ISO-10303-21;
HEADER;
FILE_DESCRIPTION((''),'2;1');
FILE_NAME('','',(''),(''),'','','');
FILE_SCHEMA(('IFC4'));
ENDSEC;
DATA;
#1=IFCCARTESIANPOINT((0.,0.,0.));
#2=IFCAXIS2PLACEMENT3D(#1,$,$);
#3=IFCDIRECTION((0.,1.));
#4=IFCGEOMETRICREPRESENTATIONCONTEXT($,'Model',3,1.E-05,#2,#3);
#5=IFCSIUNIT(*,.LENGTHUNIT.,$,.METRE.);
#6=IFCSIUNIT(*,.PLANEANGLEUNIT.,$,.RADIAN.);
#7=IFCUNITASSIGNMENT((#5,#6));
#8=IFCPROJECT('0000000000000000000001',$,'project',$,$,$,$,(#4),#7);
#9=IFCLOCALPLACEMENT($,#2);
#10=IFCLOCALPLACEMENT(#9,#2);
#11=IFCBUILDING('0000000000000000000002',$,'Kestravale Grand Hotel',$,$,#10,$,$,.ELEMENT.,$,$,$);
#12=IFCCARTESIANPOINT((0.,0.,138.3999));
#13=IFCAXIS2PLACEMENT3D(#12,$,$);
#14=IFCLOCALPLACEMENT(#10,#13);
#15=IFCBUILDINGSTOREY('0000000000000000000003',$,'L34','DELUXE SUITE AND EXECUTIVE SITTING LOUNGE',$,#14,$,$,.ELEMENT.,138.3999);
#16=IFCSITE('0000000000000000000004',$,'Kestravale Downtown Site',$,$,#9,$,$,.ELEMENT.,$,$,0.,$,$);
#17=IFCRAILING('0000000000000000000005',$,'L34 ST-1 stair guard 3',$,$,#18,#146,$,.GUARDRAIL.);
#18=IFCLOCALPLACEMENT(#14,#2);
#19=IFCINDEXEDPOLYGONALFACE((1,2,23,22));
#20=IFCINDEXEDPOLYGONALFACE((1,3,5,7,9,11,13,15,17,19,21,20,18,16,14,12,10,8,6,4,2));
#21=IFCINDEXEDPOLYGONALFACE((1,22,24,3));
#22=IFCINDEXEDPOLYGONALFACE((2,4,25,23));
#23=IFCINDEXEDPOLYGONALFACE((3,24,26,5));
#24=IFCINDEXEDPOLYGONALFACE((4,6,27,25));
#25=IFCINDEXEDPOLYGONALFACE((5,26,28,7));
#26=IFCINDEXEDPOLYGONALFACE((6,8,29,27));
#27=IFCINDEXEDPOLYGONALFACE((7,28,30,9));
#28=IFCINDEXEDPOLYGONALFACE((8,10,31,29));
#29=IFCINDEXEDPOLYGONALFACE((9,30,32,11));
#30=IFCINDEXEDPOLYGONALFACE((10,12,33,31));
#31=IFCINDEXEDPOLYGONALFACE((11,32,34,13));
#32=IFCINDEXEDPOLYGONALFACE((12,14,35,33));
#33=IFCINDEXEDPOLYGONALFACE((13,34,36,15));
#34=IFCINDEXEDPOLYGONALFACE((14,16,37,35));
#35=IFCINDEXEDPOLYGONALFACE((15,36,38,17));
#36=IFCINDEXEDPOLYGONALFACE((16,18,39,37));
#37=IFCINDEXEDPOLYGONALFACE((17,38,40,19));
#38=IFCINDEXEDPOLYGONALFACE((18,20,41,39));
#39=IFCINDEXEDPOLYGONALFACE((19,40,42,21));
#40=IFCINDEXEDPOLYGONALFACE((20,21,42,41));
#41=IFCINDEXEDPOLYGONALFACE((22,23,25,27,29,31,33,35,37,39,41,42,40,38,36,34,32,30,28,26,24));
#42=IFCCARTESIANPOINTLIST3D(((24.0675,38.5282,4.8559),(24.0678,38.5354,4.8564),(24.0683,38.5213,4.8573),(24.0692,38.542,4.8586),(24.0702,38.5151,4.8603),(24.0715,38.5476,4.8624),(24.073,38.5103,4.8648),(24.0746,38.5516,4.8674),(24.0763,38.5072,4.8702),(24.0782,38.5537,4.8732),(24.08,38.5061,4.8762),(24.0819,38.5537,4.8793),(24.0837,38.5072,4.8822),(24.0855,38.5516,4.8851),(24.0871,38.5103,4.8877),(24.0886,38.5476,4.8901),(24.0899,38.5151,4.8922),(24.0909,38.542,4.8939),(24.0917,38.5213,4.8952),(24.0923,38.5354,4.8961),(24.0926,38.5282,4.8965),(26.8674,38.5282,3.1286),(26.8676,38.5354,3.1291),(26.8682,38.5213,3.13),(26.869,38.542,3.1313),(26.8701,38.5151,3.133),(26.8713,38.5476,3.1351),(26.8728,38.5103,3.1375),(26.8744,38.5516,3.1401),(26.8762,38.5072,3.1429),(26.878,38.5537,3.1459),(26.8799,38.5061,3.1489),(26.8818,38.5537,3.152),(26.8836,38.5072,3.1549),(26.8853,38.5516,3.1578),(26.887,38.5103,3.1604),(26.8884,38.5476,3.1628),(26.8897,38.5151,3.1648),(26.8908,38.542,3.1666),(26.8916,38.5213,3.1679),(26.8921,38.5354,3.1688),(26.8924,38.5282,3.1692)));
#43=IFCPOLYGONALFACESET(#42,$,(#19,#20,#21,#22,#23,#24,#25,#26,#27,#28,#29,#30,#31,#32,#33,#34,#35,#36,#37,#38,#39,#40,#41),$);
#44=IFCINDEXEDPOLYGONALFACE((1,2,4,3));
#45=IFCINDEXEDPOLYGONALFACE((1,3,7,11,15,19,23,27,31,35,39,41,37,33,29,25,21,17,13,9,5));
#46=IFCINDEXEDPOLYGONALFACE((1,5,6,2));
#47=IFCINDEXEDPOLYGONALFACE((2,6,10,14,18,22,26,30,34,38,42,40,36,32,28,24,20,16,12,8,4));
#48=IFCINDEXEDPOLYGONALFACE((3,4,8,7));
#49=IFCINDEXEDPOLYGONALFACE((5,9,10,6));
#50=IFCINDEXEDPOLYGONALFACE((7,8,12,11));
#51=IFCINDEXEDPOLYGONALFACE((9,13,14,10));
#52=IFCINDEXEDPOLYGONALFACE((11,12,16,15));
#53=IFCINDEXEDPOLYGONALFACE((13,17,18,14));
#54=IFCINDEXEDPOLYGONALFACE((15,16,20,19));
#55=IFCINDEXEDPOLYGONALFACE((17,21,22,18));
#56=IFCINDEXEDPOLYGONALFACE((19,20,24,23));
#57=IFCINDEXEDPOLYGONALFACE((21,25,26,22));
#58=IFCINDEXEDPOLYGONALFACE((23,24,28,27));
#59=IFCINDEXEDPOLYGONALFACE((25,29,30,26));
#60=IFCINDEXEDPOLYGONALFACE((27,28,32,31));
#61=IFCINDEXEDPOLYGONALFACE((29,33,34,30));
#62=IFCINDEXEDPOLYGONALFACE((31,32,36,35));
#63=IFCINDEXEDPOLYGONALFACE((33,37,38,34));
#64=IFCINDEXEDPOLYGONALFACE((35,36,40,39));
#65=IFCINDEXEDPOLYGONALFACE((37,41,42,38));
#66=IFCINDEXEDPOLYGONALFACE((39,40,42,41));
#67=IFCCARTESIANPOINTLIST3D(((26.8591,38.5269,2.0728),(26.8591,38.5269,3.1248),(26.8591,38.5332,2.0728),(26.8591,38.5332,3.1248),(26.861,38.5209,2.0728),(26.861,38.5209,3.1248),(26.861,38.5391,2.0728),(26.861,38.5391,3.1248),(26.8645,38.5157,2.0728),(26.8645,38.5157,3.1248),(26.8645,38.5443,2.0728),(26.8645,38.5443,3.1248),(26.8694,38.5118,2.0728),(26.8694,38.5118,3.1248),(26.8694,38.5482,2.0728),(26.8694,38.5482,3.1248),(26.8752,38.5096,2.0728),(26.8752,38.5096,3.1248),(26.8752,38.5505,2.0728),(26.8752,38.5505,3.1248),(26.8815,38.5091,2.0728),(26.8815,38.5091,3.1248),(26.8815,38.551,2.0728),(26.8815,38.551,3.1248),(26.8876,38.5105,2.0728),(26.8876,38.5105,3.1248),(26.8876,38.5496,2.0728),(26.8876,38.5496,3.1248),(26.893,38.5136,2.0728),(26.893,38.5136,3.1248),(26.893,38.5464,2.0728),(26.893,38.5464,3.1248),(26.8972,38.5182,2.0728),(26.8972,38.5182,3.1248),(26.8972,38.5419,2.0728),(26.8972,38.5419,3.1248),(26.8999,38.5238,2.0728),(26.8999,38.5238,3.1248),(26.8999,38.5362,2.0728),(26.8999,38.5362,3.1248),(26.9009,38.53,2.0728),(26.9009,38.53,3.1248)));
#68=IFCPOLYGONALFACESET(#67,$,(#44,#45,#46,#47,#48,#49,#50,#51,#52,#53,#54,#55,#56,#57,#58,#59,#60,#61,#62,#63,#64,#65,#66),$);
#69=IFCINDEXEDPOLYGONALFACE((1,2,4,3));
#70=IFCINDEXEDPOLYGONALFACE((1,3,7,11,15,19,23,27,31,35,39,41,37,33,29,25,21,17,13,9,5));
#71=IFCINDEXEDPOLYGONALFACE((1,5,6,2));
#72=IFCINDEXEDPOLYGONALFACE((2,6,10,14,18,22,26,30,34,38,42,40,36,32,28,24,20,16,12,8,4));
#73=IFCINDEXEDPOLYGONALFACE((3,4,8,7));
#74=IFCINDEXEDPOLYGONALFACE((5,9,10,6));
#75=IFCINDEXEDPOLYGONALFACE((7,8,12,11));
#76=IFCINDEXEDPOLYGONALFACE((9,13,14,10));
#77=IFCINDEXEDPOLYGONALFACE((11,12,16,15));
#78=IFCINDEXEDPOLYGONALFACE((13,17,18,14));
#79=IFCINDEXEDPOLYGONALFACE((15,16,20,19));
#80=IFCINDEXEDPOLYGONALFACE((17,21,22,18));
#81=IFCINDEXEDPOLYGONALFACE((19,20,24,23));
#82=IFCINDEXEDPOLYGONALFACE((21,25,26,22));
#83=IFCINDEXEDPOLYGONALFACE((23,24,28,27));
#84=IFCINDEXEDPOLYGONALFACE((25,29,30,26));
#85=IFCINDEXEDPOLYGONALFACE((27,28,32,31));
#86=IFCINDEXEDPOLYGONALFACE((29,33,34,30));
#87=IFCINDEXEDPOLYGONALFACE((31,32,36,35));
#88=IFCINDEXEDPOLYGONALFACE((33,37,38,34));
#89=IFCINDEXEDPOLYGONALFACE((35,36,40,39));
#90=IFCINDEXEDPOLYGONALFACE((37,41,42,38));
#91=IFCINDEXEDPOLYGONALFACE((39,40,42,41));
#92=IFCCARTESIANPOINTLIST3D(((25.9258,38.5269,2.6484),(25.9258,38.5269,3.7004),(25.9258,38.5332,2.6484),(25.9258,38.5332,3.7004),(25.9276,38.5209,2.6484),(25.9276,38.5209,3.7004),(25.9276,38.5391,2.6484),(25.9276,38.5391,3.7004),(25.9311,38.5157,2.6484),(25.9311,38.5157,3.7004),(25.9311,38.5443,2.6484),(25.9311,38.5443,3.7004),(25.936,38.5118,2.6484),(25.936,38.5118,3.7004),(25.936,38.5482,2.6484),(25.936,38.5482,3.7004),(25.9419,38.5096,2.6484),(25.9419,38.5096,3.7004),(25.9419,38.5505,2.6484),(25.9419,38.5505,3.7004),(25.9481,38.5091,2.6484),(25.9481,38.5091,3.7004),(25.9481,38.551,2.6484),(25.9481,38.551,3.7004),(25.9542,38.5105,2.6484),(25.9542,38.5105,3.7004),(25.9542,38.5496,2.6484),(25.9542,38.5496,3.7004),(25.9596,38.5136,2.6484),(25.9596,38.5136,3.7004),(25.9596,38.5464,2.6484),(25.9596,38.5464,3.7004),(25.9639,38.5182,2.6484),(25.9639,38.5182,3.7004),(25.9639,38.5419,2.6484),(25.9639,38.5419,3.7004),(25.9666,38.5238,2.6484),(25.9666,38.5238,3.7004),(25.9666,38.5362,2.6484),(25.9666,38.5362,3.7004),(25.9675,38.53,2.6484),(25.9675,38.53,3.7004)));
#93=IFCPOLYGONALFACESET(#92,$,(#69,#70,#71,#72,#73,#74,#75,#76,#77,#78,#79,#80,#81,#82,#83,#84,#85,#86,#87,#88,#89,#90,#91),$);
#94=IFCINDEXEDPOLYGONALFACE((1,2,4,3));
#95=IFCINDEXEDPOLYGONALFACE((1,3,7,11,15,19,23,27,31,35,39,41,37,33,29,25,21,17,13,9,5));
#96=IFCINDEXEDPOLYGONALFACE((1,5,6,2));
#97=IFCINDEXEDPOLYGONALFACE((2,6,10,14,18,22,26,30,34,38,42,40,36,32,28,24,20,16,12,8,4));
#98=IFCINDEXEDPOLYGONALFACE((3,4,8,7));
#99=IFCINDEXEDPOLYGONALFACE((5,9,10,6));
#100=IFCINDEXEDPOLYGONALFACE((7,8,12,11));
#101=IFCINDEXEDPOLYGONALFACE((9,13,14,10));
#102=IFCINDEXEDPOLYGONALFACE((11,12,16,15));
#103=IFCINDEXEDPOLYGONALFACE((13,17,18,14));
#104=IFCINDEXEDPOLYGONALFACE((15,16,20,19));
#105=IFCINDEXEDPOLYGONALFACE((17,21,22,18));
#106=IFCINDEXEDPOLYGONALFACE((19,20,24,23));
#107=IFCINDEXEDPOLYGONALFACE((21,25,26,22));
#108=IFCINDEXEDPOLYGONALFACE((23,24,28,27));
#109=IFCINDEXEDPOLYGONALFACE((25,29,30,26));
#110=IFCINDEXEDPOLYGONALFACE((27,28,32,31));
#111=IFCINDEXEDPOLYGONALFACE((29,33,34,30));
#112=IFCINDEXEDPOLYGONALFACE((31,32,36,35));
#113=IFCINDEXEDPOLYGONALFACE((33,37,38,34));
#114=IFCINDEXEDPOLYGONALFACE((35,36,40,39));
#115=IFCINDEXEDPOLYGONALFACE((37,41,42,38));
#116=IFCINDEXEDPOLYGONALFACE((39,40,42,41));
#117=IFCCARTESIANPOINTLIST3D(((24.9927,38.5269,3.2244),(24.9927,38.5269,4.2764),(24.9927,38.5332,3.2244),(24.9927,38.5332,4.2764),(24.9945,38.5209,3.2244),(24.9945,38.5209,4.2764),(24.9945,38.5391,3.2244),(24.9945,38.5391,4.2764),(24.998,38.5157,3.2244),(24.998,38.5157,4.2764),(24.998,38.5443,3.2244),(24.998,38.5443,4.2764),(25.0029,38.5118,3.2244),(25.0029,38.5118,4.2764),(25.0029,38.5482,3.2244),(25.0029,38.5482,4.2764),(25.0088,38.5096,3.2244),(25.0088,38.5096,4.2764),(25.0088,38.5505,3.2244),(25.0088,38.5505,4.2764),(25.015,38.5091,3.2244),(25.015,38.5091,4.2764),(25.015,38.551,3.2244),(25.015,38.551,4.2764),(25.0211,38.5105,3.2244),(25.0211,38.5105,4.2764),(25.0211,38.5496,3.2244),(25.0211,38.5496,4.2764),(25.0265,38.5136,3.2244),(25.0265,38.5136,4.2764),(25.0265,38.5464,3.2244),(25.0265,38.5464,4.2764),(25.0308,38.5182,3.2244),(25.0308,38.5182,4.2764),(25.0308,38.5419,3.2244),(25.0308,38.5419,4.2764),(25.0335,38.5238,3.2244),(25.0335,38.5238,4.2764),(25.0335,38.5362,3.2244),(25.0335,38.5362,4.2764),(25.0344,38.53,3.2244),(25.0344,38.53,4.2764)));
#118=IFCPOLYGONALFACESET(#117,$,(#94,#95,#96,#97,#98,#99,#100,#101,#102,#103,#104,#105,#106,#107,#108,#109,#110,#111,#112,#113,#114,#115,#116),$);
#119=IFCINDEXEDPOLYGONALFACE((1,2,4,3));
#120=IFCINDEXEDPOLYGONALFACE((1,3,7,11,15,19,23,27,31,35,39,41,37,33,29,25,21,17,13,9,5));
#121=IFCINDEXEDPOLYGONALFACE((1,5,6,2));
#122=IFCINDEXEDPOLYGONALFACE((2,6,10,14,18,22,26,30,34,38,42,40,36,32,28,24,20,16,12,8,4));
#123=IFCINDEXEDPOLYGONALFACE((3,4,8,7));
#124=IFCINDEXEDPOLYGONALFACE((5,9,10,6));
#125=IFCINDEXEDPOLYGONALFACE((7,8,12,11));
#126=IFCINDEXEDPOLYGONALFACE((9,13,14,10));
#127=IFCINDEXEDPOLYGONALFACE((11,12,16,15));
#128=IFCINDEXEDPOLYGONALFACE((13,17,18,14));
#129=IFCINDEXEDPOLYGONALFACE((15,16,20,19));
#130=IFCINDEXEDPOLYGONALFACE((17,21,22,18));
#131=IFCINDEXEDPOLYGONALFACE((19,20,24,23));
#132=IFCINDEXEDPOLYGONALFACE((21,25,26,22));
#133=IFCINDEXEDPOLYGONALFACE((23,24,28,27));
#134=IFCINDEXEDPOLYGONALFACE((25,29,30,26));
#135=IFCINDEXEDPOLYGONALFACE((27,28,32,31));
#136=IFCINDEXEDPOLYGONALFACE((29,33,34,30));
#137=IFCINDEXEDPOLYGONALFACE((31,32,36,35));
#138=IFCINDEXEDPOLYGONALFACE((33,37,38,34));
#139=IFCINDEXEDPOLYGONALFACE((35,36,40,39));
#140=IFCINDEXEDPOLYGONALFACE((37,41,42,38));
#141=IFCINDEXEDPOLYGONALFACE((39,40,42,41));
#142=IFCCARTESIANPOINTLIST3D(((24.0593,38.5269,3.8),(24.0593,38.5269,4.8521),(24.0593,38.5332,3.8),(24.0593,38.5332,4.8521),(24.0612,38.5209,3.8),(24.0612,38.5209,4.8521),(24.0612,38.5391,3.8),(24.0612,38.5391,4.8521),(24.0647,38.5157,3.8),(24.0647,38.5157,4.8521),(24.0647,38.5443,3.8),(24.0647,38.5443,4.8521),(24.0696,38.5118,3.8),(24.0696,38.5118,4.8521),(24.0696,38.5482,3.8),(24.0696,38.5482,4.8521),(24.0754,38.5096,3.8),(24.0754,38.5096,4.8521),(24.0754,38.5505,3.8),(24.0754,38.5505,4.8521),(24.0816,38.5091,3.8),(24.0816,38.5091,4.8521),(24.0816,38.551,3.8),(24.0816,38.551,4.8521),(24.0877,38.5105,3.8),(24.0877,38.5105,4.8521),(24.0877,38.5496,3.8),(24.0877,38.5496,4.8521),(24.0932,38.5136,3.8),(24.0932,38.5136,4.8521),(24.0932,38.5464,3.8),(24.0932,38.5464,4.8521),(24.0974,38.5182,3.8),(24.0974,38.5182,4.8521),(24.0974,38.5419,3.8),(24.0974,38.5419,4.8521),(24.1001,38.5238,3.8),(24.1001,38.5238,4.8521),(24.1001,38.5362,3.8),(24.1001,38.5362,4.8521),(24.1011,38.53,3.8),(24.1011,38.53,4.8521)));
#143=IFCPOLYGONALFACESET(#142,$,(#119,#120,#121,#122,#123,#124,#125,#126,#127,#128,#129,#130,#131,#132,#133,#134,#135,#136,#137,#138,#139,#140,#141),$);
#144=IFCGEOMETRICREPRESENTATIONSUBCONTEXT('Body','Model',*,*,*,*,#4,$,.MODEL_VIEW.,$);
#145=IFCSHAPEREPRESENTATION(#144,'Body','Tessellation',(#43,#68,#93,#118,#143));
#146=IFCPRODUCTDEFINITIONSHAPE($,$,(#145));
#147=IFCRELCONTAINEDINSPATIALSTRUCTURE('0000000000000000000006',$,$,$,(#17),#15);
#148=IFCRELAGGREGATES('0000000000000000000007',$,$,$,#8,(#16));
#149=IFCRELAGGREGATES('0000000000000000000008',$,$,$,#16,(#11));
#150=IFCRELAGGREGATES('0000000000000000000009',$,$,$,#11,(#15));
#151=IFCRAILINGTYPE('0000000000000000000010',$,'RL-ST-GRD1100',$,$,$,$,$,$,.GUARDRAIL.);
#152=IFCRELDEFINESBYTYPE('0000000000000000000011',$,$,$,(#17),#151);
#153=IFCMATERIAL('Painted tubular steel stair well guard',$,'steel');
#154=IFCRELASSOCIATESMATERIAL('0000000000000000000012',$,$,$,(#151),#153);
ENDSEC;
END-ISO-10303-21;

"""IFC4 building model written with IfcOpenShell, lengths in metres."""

from ifc_helpers import new_model, si_unit, direction, frame, origin, origin_2d, place, context, subcontext, project, spatial, circle, extrude, material, type_object, element, save


model = new_model("IFC4")

# Units and contexts
model_context = context("Model", 3, precision=1e-05, world=origin(), true_north=direction((0.0, 1.0)))
body_context = subcontext(model_context, "Body", "Model", "MODEL_VIEW")
ifc_project = project(units=[si_unit("LENGTHUNIT", "METRE"), si_unit("PLANEANGLEUNIT", "RADIAN")], contexts=[model_context])

# Site, building, storey
site_placement = place(None, origin())
site = spatial("IfcSite", under=ifc_project, at=site_placement, Name="Kestravale Downtown Site", CompositionType="ELEMENT", RefElevation=0.0)
building_placement = place(site_placement, origin())
building = spatial("IfcBuilding", under=site, at=building_placement, Name="Kestravale Grand Hotel", CompositionType="ELEMENT")
storey_placement = place(building_placement, frame((0.0, 0.0, 138.3999)))
storey = spatial("IfcBuildingStorey", under=building, at=storey_placement, Name="L34", Description="DELUXE SUITE AND EXECUTIVE SITTING LOUNGE", CompositionType="ELEMENT", Elevation=138.3999)

# Railing
ifc_material_1 = material(Name="Painted tubular steel stair well guard", Category="steel")
railing_type_1 = type_object("IfcRailingType", Name="RL-ST-GRD1100", PredefinedType="GUARDRAIL", material=ifc_material_1)
railing_1_placement = place(storey_placement, frame((26.8799, 38.53, 2.0728)))
element("IfcRailing", 1, at=railing_1_placement, inside=storey, type_object=railing_type_1, Name="L34 ST-1 stair guard 3", PredefinedType="GUARDRAIL", context=body_context, shape_type="SweptSolid", body=[
    extrude(circle(Radius=0.0239, at=origin_2d()), frame((0.0, 0.0, 1.0762), z_axis=(-0.851069, 0.0, 0.525054), x_axis=(0.0, -1.0, 0.0)), (0.0, 0.0, 1.0), 3.2898),
    extrude(circle(Radius=0.021, at=origin_2d()), origin(), (0.0, 0.0, 1.0), 1.052),
    extrude(circle(Radius=0.021, at=origin_2d()), frame((-0.9333, 0.0, 0.5757)), (0.0, 0.0, 1.0), 1.052),
    extrude(circle(Radius=0.021, at=origin_2d()), frame((-1.8665, 0.0, 1.1516)), (0.0, 0.0, 1.0), 1.052),
    extrude(circle(Radius=0.021, at=origin_2d()), frame((-2.7998, 0.0, 1.7273)), (0.0, 0.0, 1.0), 1.052),
])

save(model, "model.ifc")
